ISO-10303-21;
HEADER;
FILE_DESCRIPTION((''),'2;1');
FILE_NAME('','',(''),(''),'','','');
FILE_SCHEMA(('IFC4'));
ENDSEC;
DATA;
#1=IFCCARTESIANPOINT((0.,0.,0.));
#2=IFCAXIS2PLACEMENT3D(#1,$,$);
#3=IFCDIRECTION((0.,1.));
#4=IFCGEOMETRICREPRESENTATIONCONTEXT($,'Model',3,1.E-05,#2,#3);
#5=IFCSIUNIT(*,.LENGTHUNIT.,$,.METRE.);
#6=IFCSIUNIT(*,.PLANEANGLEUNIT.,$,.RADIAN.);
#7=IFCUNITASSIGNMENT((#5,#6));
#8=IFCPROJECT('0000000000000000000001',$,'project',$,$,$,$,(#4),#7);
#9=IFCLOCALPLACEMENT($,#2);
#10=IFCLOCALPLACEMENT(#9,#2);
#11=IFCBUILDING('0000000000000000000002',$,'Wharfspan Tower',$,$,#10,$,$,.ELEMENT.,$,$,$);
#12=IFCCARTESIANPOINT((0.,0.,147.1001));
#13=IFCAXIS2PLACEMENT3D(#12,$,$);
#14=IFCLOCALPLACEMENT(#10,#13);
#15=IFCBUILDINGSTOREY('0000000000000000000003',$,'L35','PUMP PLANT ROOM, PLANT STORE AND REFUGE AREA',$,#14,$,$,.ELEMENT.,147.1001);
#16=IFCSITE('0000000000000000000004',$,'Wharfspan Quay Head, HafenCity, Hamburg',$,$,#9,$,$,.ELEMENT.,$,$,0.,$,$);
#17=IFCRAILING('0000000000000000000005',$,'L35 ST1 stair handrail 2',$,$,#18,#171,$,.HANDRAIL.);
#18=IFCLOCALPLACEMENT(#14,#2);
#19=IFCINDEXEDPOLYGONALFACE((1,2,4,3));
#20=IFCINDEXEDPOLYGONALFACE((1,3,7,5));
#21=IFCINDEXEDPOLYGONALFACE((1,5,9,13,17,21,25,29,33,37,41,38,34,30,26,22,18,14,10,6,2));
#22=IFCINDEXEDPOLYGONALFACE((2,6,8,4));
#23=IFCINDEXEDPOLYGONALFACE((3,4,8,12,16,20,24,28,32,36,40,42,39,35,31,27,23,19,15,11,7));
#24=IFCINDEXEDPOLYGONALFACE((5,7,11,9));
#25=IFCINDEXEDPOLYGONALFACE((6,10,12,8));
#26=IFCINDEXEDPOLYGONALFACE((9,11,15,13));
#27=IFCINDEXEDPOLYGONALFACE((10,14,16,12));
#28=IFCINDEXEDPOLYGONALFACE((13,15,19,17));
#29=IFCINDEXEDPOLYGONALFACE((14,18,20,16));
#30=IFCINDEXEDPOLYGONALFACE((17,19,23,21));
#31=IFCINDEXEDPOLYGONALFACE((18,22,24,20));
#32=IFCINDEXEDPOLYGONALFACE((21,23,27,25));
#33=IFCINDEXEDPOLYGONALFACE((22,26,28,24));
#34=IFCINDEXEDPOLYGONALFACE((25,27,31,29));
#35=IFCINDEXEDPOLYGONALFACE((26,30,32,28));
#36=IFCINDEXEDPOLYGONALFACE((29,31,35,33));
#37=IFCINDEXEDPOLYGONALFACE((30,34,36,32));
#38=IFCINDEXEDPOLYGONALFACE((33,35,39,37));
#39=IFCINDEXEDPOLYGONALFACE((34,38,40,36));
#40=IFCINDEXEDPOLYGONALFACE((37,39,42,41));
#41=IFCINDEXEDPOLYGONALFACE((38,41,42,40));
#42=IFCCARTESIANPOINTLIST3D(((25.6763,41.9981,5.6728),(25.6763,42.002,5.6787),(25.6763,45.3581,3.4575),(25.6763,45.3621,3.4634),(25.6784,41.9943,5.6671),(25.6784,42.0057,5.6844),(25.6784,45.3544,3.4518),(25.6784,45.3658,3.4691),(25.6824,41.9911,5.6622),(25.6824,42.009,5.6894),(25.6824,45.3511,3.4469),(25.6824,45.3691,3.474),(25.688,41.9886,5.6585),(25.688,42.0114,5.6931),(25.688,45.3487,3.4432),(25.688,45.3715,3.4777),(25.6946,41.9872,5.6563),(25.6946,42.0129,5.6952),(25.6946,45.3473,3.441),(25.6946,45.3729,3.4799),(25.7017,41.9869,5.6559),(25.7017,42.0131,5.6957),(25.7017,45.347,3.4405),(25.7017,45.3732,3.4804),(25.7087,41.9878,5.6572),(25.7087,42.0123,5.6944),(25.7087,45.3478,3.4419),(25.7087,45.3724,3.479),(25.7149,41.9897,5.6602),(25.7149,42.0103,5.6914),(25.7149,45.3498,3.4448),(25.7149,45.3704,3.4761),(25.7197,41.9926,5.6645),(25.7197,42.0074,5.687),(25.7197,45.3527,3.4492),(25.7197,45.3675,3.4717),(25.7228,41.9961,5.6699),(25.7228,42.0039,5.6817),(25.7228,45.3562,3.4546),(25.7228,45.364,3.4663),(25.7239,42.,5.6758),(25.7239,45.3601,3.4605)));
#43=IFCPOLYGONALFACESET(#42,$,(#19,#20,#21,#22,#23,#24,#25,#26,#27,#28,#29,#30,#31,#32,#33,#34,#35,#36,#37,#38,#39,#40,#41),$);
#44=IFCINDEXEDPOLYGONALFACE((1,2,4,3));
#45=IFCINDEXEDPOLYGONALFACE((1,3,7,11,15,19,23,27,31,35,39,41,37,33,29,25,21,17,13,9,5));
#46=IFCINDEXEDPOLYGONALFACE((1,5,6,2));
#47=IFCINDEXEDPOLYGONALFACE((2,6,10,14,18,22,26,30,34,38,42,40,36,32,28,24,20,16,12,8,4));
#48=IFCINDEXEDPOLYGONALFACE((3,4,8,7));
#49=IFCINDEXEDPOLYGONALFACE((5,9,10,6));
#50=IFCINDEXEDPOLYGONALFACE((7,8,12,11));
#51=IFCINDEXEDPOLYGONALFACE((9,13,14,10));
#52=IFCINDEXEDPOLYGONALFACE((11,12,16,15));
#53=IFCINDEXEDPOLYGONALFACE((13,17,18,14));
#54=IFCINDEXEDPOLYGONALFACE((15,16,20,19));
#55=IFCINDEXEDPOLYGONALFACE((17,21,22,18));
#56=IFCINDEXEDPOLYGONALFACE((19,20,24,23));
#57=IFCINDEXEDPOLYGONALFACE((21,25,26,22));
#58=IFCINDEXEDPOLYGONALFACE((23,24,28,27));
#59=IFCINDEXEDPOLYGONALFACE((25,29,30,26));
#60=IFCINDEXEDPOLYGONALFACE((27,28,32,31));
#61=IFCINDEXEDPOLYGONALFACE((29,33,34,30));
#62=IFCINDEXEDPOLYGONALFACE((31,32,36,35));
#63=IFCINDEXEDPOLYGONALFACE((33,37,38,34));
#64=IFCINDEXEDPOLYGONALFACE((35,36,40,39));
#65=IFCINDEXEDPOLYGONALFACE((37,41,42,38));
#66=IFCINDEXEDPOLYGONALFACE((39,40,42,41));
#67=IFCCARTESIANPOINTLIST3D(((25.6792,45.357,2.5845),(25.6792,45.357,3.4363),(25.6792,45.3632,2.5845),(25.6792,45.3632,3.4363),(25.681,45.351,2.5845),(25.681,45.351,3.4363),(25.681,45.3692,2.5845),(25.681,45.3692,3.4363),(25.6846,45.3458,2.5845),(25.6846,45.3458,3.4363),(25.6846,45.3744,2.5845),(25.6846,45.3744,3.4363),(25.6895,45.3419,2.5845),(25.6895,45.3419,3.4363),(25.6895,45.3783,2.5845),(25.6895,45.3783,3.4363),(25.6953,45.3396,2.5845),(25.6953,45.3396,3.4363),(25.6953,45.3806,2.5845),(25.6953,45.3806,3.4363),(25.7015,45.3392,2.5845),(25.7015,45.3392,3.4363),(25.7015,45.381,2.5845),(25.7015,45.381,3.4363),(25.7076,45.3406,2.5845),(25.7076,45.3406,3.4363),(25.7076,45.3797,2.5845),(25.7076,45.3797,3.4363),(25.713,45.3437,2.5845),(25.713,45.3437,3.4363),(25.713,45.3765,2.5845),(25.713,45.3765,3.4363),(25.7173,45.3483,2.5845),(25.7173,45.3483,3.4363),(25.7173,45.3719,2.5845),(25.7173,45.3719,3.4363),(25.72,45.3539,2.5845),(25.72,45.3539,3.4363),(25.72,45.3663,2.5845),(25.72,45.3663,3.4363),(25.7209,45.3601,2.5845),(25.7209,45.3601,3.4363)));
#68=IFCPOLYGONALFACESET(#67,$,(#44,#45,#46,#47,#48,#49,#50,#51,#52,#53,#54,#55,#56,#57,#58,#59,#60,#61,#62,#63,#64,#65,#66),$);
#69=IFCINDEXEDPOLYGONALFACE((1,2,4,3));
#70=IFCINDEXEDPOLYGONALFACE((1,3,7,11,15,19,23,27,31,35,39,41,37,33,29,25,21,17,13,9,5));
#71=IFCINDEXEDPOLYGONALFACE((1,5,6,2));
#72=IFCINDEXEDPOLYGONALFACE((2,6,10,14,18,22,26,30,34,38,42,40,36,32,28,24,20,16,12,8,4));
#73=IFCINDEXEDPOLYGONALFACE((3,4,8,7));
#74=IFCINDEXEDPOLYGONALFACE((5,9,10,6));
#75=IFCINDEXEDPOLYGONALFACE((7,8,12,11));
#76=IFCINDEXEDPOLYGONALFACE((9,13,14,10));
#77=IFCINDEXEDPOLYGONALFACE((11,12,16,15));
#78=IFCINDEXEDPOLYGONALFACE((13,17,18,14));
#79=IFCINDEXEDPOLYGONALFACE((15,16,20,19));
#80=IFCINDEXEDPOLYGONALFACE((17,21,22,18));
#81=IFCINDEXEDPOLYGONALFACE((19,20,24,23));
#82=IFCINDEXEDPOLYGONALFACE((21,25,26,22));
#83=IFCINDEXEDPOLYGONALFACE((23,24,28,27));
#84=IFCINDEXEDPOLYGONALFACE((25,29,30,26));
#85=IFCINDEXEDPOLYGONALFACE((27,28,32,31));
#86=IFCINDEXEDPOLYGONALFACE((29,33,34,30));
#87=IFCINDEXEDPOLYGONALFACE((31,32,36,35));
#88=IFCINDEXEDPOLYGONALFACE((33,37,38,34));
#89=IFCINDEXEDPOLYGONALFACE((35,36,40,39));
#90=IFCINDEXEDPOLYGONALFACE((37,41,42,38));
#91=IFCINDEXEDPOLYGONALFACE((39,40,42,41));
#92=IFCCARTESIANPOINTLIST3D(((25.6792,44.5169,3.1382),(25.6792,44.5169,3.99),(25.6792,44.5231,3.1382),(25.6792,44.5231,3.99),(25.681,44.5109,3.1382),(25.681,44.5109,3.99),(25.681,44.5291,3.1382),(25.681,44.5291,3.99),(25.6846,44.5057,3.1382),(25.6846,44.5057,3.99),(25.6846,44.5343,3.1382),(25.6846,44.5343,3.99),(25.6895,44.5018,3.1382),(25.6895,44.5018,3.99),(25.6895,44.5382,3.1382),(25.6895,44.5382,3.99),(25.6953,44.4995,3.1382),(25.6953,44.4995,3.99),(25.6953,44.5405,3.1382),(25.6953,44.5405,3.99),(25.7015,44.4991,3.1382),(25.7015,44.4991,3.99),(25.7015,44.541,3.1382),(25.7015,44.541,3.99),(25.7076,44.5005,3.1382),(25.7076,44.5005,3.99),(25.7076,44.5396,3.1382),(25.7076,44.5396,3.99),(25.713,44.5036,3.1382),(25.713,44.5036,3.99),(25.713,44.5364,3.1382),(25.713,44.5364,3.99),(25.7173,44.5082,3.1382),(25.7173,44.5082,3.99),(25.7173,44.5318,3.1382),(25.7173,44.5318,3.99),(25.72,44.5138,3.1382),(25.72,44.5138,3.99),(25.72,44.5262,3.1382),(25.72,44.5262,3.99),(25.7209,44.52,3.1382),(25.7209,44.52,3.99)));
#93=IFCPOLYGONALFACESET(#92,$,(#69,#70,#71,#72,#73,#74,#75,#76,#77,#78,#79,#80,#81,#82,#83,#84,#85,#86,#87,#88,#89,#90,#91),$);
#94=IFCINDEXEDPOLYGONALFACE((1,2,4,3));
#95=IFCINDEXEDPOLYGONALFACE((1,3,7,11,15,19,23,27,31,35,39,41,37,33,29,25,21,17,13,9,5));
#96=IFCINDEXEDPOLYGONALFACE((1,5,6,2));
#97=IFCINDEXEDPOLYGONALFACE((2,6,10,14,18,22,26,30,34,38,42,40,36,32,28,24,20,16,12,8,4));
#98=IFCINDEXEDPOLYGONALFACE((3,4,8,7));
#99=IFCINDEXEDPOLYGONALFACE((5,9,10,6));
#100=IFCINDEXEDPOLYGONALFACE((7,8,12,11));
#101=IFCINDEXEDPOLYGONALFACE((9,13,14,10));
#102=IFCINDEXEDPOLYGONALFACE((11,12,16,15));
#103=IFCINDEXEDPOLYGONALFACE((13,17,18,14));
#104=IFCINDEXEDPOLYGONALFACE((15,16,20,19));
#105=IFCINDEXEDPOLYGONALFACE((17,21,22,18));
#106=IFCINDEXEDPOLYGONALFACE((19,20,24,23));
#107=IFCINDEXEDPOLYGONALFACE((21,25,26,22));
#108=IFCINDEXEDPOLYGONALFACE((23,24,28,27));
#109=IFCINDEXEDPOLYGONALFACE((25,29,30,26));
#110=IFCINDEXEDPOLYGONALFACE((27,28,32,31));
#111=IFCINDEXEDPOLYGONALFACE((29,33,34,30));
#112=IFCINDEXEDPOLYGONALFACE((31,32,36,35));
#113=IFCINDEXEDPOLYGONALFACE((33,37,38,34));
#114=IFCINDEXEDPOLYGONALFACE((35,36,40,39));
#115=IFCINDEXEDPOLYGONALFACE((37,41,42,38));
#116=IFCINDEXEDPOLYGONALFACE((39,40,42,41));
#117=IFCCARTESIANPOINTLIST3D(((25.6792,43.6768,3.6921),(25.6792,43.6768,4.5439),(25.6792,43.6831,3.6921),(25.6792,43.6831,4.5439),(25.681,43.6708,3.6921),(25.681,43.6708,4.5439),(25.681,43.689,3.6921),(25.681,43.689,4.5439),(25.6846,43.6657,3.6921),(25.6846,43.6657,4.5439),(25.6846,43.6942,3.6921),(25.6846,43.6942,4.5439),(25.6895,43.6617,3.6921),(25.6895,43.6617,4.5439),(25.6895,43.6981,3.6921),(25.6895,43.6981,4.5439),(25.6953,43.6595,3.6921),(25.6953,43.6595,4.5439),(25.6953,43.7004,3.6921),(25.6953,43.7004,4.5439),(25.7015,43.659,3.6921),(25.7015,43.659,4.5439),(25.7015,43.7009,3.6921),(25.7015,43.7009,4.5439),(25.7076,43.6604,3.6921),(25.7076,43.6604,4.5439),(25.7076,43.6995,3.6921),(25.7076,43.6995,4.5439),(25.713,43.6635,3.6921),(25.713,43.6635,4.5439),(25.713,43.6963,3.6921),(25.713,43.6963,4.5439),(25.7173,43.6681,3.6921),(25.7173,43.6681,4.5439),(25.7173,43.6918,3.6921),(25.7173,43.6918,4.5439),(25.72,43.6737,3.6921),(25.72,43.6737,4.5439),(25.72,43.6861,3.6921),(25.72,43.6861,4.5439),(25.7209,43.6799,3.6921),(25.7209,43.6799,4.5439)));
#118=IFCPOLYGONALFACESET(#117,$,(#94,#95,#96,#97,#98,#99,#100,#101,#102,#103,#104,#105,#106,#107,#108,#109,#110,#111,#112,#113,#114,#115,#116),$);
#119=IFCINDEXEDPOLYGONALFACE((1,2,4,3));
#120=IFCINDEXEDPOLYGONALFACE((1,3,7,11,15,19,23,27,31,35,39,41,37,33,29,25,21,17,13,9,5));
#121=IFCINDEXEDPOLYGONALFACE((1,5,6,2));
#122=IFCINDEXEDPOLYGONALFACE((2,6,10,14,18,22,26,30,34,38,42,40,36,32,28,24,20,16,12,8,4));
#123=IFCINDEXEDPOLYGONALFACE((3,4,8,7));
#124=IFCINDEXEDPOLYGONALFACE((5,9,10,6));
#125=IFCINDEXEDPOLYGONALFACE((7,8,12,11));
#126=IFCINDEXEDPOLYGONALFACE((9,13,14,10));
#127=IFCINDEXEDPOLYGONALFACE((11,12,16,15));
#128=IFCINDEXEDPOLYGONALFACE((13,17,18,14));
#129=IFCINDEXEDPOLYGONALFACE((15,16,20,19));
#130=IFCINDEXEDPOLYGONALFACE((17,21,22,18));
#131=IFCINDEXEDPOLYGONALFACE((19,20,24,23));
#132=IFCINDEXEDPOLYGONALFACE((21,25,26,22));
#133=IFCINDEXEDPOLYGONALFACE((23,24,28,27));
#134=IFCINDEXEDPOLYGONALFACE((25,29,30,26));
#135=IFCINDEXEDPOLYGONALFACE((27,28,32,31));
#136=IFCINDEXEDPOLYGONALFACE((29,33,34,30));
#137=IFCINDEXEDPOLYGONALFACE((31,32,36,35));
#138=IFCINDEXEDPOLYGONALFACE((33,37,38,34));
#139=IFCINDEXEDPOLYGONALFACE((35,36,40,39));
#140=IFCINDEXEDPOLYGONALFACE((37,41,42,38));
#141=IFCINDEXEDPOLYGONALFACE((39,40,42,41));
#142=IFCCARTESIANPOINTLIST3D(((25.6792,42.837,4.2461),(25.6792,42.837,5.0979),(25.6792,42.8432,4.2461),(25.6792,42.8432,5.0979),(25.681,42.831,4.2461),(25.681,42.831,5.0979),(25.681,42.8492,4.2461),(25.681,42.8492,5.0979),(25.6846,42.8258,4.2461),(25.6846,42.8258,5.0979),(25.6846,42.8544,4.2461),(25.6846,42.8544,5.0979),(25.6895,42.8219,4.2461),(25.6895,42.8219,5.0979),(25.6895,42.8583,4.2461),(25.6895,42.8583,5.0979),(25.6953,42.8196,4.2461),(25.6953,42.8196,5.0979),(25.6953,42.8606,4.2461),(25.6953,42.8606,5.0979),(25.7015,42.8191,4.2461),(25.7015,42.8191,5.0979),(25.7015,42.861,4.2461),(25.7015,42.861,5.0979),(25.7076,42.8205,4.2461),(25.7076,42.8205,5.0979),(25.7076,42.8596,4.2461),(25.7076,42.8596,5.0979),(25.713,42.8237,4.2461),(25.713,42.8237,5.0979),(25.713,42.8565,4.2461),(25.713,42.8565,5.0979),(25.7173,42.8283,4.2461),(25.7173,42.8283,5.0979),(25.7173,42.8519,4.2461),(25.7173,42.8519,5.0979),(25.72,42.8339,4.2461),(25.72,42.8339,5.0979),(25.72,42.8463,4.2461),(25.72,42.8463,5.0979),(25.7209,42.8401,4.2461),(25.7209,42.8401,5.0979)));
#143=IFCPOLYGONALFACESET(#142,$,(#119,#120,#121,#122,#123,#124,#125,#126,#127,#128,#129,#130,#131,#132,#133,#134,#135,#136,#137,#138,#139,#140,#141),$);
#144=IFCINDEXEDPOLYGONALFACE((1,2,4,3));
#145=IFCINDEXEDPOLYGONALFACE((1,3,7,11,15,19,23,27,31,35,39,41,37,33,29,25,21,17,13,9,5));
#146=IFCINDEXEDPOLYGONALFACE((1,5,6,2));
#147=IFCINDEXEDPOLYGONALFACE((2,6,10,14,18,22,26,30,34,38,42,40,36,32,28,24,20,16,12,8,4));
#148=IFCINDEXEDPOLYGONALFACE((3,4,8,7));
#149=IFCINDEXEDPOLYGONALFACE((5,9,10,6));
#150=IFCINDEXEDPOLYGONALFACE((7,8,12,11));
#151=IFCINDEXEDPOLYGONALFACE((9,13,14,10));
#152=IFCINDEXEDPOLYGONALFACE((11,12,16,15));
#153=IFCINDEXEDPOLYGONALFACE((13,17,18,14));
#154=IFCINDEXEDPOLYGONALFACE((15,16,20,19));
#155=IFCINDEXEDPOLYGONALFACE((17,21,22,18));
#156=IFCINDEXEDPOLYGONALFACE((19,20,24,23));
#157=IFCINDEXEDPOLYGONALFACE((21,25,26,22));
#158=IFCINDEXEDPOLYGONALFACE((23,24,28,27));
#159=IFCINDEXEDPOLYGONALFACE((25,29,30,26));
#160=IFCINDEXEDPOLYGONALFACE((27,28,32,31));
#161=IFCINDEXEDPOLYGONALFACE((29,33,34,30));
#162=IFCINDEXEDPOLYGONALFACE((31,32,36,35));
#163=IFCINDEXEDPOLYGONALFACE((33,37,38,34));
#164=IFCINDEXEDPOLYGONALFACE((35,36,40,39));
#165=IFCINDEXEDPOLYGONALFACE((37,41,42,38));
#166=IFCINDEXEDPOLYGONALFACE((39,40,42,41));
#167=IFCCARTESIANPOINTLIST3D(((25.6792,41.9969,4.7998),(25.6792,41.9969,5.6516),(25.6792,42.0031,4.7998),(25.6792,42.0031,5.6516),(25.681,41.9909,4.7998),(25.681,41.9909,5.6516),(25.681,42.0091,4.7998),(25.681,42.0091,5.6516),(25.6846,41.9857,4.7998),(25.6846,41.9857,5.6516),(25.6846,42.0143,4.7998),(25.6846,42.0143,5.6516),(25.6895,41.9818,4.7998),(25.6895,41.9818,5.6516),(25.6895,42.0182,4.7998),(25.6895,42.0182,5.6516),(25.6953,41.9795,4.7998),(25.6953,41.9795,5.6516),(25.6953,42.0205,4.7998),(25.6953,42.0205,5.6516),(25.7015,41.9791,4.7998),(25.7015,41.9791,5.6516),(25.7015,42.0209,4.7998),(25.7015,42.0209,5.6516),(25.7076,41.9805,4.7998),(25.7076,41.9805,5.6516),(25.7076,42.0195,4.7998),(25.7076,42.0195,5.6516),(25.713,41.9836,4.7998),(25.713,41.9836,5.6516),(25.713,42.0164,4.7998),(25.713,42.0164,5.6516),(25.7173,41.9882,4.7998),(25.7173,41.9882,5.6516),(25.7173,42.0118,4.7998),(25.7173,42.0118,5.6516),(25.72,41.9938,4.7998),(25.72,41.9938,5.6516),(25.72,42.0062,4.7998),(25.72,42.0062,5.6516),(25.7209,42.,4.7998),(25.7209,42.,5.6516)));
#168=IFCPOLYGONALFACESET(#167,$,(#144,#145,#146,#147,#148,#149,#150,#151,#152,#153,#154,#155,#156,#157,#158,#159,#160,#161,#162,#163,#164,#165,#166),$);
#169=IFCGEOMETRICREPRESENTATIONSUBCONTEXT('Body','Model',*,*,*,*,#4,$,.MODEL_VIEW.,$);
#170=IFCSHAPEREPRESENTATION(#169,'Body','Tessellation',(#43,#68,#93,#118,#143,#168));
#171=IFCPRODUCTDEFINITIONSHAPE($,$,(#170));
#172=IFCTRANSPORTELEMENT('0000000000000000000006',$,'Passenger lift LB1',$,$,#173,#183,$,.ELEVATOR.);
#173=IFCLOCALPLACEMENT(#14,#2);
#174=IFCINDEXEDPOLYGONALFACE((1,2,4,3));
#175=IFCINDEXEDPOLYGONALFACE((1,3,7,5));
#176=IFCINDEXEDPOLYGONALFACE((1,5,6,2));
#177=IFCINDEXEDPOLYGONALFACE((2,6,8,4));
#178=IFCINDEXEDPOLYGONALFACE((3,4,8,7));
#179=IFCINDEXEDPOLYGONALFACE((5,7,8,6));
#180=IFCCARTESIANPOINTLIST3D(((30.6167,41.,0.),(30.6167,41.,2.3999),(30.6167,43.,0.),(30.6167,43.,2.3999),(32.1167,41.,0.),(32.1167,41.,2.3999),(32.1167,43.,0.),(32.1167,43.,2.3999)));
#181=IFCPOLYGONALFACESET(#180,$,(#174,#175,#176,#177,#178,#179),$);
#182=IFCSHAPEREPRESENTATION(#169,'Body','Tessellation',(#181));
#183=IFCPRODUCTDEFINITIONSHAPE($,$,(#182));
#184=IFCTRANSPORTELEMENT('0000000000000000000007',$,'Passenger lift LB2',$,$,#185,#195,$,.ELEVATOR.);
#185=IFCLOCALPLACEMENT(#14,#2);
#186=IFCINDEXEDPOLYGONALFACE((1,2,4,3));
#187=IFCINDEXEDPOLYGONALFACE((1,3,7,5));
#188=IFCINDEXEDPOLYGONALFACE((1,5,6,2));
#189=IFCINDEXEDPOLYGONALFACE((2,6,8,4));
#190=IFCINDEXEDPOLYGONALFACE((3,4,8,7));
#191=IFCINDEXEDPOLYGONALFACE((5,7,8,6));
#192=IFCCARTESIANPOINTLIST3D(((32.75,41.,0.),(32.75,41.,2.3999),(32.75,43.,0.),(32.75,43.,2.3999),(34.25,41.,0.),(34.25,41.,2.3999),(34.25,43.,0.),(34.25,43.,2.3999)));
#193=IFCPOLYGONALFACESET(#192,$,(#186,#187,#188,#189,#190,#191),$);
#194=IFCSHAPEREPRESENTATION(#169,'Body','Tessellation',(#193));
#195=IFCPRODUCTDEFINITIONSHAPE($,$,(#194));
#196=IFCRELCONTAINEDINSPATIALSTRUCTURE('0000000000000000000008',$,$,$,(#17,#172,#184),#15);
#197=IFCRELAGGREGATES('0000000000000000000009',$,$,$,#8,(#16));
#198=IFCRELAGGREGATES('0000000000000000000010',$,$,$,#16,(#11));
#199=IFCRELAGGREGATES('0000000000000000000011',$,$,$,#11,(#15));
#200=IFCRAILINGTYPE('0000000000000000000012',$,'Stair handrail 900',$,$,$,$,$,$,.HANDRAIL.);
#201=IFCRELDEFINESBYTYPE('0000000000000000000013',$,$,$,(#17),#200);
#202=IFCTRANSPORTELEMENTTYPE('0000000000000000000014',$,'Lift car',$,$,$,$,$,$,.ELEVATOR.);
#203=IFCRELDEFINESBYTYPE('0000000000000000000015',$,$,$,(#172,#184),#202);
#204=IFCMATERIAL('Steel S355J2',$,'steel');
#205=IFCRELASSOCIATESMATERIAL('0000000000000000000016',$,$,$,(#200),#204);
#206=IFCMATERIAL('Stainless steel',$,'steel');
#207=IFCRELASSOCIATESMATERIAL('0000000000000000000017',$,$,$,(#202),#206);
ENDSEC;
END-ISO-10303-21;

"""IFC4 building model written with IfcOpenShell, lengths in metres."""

from ifc_helpers import new_model, si_unit, direction, frame, origin, origin_2d, place, context, subcontext, project, spatial, rectangle, circle, extrude, material, type_object, element, save


model = new_model("IFC4")

# Units and contexts
model_context = context("Model", 3, precision=1e-05, world=origin(), true_north=direction((0.0, 1.0)))
body_context = subcontext(model_context, "Body", "Model", "MODEL_VIEW")
ifc_project = project(units=[si_unit("LENGTHUNIT", "METRE"), si_unit("PLANEANGLEUNIT", "RADIAN")], contexts=[model_context])

# Site, building, storey
site_placement = place(None, origin())
site = spatial("IfcSite", under=ifc_project, at=site_placement, Name="Wharfspan Quay Head, HafenCity, Hamburg", CompositionType="ELEMENT", RefElevation=0.0)
building_placement = place(site_placement, origin())
building = spatial("IfcBuilding", under=site, at=building_placement, Name="Wharfspan Tower", CompositionType="ELEMENT")
storey_placement = place(building_placement, frame((0.0, 0.0, 147.1001)))
storey = spatial("IfcBuildingStorey", under=building, at=storey_placement, Name="L35", Description="PUMP PLANT ROOM, PLANT STORE AND REFUGE AREA", CompositionType="ELEMENT", Elevation=147.1001)

# Shared definitions
ifc_material_1 = material(Name="Steel S355J2", Category="steel")

# Shared definitions
ifc_material_2 = material(Name="Stainless steel", Category="steel")

# Railing
railing_type_1 = type_object("IfcRailingType", Name="Stair handrail 900", PredefinedType="HANDRAIL", material=ifc_material_1)
railing_1_placement = place(storey_placement, frame((25.7, 45.3601, 2.5845)))
element("IfcRailing", 1, at=railing_1_placement, inside=storey, type_object=railing_type_1, Name="L35 ST1 stair handrail 2", PredefinedType="HANDRAIL", context=body_context, shape_type="SweptSolid", body=[
    extrude(circle(Radius=0.0239, at=origin_2d()), frame((0.0, 0.0, 0.876), z_axis=(0.0, -0.834876, 0.550437), x_axis=(1.0, 0.0, 0.0)), (0.0, 0.0, 1.0), 4.0247),
    extrude(circle(Radius=0.021, at=origin_2d()), origin(), (0.0, 0.0, 1.0), 0.8518),
    extrude(circle(Radius=0.021, at=origin_2d()), frame((0.0, -0.8401, 0.5537)), (0.0, 0.0, 1.0), 0.8518),
    extrude(circle(Radius=0.021, at=origin_2d()), frame((0.0, -1.6802, 1.1077)), (0.0, 0.0, 1.0), 0.8518),
    extrude(circle(Radius=0.021, at=origin_2d()), frame((0.0, -2.52, 1.6616)), (0.0, 0.0, 1.0), 0.8518),
    extrude(circle(Radius=0.021, at=origin_2d()), frame((0.0, -3.3601, 2.2153)), (0.0, 0.0, 1.0), 0.8518),
])

# Transport elements
transport_element_type = type_object("IfcTransportElementType", Name="Lift car", PredefinedType="ELEVATOR", material=ifc_material_2)
for number, where, z_axis, x_axis, name in (
    (2, (31.3667, 42.0, 0.0), (0.0, 0.0, 1.0), (1.0, 0.0, 0.0), "Passenger lift LB1"),
    (3, (33.5, 42.0, 0.0), (0.0, 0.0, 1.0), (1.0, 0.0, 0.0), "Passenger lift LB2"),
):
    element("IfcTransportElement", number, at=place(storey_placement, frame(where, z_axis=z_axis, x_axis=x_axis)), inside=storey, type_object=transport_element_type, Name=name, PredefinedType="ELEVATOR", context=body_context, shape_type="SweptSolid", body=[
        extrude(rectangle(XDim=1.5, YDim=2.0, at=origin_2d()), origin(), (0.0, 0.0, 1.0), 2.3999),
    ])

save(model, "model.ifc")
